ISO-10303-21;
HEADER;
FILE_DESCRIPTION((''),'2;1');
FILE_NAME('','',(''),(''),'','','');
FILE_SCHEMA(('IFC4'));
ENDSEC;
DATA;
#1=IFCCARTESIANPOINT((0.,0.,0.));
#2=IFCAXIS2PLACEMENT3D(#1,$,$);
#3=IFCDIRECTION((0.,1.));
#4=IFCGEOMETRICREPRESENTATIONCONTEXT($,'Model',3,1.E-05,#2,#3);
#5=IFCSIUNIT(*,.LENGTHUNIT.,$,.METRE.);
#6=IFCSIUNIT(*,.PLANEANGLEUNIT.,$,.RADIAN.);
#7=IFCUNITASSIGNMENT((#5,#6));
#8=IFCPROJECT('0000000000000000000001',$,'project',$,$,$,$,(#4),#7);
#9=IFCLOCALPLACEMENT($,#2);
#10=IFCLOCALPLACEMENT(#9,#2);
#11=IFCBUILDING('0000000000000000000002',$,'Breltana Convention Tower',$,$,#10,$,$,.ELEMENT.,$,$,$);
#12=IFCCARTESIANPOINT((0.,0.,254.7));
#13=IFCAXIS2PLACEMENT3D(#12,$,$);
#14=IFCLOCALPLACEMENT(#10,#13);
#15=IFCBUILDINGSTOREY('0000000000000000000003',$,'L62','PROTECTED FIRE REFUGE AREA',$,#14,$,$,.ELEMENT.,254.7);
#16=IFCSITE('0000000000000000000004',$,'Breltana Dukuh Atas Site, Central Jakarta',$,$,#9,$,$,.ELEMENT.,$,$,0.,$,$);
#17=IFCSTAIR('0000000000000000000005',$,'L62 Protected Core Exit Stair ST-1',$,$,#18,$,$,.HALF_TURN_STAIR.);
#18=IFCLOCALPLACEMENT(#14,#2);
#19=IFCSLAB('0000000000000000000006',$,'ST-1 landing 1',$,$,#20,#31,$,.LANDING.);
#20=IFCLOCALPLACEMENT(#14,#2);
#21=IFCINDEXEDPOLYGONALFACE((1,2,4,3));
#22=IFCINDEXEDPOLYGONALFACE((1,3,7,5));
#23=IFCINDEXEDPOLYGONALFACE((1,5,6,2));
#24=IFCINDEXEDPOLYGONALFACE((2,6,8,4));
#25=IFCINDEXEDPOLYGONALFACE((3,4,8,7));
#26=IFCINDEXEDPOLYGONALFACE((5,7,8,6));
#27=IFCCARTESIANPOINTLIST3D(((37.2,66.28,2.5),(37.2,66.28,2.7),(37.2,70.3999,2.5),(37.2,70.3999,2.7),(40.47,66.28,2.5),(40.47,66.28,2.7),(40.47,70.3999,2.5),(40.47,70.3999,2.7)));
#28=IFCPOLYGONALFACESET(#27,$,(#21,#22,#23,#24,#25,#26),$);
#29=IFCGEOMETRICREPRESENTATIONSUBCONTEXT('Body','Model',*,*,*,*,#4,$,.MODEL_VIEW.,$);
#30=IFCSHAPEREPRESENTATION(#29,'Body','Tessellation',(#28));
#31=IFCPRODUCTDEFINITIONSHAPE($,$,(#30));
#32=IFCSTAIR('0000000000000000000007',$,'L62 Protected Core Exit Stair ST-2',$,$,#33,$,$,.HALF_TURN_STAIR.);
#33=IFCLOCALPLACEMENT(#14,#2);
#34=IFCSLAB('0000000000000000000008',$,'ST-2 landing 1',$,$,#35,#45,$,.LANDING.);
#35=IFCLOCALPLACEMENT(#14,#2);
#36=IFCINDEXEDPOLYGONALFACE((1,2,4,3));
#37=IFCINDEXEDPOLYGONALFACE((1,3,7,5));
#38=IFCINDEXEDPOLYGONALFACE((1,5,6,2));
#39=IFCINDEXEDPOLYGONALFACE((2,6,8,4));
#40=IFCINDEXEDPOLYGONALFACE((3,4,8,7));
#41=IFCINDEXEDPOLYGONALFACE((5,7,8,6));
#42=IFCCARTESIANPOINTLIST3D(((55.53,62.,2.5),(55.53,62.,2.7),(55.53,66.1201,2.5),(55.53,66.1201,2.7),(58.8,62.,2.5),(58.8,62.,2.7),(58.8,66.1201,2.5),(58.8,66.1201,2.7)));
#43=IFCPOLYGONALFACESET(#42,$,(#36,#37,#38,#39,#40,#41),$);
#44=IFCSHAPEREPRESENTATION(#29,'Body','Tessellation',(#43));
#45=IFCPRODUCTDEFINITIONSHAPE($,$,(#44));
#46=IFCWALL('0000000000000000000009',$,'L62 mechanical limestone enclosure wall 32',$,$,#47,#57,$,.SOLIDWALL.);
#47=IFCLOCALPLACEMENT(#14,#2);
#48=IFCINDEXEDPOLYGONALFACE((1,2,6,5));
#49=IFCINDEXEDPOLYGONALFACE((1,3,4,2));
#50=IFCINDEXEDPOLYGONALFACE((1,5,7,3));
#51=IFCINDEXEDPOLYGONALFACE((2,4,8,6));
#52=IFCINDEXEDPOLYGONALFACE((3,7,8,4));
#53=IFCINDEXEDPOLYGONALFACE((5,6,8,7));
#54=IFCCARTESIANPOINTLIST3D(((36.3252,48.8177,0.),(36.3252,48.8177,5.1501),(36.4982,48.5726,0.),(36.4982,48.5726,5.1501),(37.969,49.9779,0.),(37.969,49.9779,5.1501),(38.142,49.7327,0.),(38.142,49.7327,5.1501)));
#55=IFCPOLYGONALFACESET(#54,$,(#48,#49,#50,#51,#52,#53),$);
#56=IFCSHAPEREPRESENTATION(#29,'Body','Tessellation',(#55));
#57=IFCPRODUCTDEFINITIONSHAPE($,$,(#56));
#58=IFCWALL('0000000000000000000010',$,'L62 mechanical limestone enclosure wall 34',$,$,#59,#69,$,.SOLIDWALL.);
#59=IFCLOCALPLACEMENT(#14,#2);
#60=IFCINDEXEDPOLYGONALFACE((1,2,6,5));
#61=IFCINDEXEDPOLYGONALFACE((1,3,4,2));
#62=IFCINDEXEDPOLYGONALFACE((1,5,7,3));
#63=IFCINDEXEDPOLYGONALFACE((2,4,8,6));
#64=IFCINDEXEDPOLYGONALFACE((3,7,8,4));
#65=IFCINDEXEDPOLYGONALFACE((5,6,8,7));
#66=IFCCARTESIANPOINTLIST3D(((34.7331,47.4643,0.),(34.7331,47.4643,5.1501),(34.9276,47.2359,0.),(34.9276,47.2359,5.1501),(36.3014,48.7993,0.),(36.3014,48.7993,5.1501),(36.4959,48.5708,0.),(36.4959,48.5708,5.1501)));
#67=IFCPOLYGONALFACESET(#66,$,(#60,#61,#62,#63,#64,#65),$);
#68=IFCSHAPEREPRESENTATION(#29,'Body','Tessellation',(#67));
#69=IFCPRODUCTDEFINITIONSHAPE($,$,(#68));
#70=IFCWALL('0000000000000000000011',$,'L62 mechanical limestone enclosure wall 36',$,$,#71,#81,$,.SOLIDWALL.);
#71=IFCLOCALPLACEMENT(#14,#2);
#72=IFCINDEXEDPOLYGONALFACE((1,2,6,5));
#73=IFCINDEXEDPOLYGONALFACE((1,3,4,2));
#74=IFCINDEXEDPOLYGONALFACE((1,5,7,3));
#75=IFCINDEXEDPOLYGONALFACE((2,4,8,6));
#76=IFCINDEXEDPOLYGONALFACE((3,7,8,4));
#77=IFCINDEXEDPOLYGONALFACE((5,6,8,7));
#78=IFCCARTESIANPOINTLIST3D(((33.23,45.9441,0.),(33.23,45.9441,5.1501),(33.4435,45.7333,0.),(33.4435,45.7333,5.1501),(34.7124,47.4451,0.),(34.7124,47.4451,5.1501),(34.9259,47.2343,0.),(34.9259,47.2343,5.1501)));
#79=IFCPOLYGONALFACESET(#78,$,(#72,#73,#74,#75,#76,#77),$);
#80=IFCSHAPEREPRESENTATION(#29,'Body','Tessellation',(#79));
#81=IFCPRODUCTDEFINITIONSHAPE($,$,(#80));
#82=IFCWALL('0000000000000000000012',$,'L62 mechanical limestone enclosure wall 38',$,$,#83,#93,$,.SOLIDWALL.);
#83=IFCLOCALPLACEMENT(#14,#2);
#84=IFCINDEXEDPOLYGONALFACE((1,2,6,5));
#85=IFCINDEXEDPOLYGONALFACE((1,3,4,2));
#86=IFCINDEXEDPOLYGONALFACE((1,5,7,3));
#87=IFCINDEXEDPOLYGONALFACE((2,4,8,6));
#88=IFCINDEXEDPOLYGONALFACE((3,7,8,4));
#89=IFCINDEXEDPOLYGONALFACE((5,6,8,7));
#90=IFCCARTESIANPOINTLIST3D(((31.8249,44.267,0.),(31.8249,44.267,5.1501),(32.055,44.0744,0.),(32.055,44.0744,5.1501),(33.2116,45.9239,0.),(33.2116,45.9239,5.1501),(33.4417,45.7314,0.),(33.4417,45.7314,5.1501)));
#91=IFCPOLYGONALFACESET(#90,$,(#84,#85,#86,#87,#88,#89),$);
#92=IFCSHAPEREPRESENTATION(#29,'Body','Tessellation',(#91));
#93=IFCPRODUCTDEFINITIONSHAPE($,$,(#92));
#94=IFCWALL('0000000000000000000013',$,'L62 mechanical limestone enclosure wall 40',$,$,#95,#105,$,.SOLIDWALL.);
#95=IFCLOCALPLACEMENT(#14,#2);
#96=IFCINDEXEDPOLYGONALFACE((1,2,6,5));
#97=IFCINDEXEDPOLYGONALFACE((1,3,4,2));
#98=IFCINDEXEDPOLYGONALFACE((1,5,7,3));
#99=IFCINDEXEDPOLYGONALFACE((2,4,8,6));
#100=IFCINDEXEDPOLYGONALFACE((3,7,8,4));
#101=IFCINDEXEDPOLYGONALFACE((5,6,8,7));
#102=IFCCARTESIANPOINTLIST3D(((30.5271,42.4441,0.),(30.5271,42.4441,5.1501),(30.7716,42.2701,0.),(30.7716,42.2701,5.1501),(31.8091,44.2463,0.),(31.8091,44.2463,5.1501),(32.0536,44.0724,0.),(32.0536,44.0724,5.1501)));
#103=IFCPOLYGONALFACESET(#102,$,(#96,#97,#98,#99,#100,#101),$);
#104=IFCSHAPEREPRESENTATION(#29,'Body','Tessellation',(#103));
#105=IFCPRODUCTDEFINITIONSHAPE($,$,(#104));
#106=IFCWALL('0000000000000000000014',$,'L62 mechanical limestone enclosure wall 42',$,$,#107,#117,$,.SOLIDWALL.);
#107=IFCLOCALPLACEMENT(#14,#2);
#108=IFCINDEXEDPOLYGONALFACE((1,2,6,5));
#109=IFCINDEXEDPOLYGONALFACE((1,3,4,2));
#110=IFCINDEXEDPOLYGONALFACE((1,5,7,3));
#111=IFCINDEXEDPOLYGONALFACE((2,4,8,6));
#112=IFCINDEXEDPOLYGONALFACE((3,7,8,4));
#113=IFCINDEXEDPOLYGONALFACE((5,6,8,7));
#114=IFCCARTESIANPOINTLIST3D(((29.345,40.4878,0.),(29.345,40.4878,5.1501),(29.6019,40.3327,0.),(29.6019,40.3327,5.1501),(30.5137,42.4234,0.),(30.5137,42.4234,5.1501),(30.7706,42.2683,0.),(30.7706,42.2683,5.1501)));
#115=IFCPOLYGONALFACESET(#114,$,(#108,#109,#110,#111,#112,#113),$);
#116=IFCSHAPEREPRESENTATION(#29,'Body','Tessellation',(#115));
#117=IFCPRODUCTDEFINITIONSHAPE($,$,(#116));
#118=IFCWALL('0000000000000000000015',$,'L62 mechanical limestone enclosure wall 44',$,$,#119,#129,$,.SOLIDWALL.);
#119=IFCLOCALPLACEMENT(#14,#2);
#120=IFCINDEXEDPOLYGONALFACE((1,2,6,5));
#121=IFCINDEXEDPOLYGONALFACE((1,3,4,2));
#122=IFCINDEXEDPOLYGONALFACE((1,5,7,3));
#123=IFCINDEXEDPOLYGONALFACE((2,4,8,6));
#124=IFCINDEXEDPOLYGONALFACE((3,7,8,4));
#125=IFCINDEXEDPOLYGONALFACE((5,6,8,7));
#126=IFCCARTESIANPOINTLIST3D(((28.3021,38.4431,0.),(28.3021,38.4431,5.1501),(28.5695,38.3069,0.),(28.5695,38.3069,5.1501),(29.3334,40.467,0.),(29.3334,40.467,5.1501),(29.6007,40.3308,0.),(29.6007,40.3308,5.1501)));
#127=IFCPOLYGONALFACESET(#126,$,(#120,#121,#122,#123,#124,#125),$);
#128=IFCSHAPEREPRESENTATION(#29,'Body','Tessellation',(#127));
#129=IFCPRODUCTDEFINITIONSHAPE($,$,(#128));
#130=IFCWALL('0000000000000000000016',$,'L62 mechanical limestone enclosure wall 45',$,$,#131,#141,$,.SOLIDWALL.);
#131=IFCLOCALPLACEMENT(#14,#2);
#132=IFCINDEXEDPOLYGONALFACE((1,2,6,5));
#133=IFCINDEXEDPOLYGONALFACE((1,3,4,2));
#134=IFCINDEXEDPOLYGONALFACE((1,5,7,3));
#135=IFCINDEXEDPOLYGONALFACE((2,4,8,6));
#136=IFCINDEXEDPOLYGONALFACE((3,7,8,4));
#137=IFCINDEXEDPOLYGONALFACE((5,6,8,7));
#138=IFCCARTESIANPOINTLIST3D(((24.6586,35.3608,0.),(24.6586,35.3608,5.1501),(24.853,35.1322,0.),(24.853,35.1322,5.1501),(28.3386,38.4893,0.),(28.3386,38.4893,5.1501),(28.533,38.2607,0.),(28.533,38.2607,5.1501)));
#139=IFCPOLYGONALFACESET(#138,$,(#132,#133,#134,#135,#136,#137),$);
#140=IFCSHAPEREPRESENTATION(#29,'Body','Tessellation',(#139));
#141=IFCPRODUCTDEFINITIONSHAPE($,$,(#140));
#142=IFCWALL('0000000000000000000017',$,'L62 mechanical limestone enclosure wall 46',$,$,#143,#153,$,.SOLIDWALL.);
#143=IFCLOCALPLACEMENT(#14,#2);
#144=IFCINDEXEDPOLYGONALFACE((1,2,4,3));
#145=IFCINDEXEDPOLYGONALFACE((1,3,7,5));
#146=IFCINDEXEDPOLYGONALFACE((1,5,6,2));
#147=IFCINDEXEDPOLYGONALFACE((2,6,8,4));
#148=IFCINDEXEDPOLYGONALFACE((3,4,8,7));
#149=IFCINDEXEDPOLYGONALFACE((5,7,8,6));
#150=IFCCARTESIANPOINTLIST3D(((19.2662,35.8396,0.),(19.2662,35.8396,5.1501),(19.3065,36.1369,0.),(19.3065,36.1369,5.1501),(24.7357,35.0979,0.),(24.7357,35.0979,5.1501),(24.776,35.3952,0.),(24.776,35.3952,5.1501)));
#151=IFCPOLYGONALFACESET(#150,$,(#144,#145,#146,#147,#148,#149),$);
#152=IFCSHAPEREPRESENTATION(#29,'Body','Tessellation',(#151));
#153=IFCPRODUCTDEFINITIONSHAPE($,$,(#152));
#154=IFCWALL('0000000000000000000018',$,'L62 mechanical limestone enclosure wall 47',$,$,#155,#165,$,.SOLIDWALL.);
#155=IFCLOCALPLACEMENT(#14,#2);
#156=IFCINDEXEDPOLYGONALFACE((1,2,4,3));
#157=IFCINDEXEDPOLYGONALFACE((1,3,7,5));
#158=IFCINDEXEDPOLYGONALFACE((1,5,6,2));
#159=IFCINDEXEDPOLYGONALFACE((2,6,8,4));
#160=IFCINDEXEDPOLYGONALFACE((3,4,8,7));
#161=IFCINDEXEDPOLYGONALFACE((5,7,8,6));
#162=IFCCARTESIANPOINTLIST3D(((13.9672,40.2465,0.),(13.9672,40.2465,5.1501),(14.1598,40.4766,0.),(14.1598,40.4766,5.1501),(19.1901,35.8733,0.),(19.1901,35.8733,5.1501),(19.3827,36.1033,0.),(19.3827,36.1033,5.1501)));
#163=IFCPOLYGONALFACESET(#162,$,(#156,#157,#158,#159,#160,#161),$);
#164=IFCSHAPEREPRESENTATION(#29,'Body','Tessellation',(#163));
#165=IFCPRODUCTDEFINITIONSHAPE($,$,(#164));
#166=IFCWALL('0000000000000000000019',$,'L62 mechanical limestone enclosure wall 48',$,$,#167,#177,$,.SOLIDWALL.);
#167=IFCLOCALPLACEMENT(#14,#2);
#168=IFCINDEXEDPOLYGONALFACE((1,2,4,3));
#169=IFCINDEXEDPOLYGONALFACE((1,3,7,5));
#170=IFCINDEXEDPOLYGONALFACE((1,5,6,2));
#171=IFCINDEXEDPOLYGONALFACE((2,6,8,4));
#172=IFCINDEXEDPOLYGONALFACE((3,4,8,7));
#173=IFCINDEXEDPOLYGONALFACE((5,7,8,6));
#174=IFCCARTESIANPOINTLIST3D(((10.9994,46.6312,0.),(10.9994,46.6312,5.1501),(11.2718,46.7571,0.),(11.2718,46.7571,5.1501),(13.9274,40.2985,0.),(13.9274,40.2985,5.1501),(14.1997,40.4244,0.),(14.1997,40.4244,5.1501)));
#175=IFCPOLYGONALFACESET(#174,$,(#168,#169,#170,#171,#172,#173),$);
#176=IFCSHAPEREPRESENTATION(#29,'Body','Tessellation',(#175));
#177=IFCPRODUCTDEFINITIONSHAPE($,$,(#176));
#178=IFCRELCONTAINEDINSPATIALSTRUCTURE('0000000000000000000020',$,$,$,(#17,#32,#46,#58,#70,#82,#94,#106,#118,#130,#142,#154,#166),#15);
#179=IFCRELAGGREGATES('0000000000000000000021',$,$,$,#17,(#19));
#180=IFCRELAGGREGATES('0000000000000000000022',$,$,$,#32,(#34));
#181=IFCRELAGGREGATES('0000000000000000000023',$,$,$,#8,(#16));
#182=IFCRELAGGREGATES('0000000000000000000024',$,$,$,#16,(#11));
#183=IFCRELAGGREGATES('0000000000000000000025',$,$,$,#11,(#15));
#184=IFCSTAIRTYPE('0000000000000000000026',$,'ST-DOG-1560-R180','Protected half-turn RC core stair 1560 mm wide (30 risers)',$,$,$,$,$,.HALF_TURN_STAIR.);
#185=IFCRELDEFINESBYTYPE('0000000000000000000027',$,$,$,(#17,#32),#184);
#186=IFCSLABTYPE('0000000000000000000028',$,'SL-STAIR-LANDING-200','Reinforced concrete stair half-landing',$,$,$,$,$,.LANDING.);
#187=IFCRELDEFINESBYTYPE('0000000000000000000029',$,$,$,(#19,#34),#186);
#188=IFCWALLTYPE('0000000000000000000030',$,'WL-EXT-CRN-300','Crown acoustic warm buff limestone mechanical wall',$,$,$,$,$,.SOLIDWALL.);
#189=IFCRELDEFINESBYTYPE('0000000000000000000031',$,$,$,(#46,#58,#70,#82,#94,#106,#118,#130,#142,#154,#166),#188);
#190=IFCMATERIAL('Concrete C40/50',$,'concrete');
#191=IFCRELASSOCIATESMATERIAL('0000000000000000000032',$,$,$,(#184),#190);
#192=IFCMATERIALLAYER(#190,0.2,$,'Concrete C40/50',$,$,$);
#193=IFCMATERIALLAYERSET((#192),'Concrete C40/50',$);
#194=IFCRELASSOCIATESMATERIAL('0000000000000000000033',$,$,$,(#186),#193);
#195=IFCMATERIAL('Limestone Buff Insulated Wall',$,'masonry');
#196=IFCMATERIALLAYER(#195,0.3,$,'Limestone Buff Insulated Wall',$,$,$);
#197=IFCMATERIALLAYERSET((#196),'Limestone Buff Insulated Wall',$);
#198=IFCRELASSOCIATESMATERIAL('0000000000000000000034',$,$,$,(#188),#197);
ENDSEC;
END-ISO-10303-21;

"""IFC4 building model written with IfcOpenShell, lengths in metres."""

from ifc_helpers import new_model, si_unit, direction, frame, frame_2d, origin, place, context, subcontext, project, spatial, polyline, rectangle, outline, extrude, source, transform, mapped, material, layer, layer_set, type_object, element, aggregate, save


model = new_model("IFC4")

# Units and contexts
model_context = context("Model", 3, precision=1e-05, world=origin(), true_north=direction((0.0, 1.0)))
body_context = subcontext(model_context, "Body", "Model", "MODEL_VIEW")
ifc_project = project(units=[si_unit("LENGTHUNIT", "METRE"), si_unit("PLANEANGLEUNIT", "RADIAN")], contexts=[model_context])

# Site, building, storey
site_placement = place(None, origin())
site = spatial("IfcSite", under=ifc_project, at=site_placement, Name="Breltana Dukuh Atas Site, Central Jakarta", CompositionType="ELEMENT", RefElevation=0.0)
building_placement = place(site_placement, origin())
building = spatial("IfcBuilding", under=site, at=building_placement, Name="Breltana Convention Tower", CompositionType="ELEMENT")
storey_placement = place(building_placement, frame((0.0, 0.0, 254.7)))
storey = spatial("IfcBuildingStorey", under=building, at=storey_placement, Name="L62", Description="PROTECTED FIRE REFUGE AREA", CompositionType="ELEMENT", Elevation=254.7)

# Stairs, slabs
ifc_material_1 = material(Name="Concrete C40/50", Category="concrete")
stair_type = type_object("IfcStairType", Name="ST-DOG-1560-R180", Description="Protected half-turn RC core stair 1560 mm wide (30 risers)", PredefinedType="HALF_TURN_STAIR", material=ifc_material_1)
stair_1_placement = place(storey_placement, origin())
stair_1 = element("IfcStair", 1, at=stair_1_placement, inside=storey, type_object=stair_type, Name="L62 Protected Core Exit Stair ST-1", PredefinedType="HALF_TURN_STAIR")
ifc_layer_1 = layer(ifc_material_1, 0.2, Name="Concrete C40/50")
ifc_layer_set_1 = layer_set([ifc_layer_1], Name="Concrete C40/50")
slab_type_1 = type_object("IfcSlabType", Name="SL-STAIR-LANDING-200", Description="Reinforced concrete stair half-landing", PredefinedType="LANDING", material=ifc_layer_set_1)
slab_1_placement = place(storey_placement, frame((0.0, 0.0, 2.5)))
slab_1 = element("IfcSlab", 2, at=slab_1_placement, type_object=slab_type_1, Name="ST-1 landing 1", PredefinedType="LANDING", context=body_context, shape_type="SweptSolid", body=[
    extrude(outline(polyline([(40.47, 66.28), (40.47, 70.3999), (37.2, 70.3999), (37.2, 66.28), (40.47, 66.28)])), origin(), (0.0, 0.0, 1.0), 0.2),
])
aggregate(stair_1, [slab_1])
stair_2_placement = place(storey_placement, origin())
stair_2 = element("IfcStair", 3, at=stair_2_placement, inside=storey, type_object=stair_type, Name="L62 Protected Core Exit Stair ST-2", PredefinedType="HALF_TURN_STAIR")
slab_2_placement = place(storey_placement, frame((0.0, 0.0, 2.5)))
slab_2 = element("IfcSlab", 4, at=slab_2_placement, type_object=slab_type_1, Name="ST-2 landing 1", PredefinedType="LANDING", context=body_context, shape_type="SweptSolid", body=[
    extrude(outline(polyline([(55.53, 66.1201), (55.53, 62.0), (58.8, 62.0), (58.8, 66.1201), (55.53, 66.1201)])), origin(), (0.0, 0.0, 1.0), 0.2),
])
aggregate(stair_2, [slab_2])

# Walls
ifc_material_2 = material(Name="Limestone Buff Insulated Wall", Category="masonry")
ifc_layer_2 = layer(ifc_material_2, 0.3, Name="Limestone Buff Insulated Wall")
ifc_layer_set_2 = layer_set([ifc_layer_2], Name="Limestone Buff Insulated Wall")
wall_type_1 = type_object("IfcWallType", Name="WL-EXT-CRN-300", Description="Crown acoustic warm buff limestone mechanical wall", PredefinedType="SOLIDWALL", material=ifc_layer_set_2)
shared_shape_1 = source(origin(), body_context, "Body", "SweptSolid", [
    extrude(rectangle(XDim=2.012, YDim=0.3, at=frame_2d((1.0059, 0.0))), origin(), (0.0, 0.0, 1.0), 5.1501),
])
wall_1_placement = place(storey_placement, frame((38.0554, 49.8552, 0.0), z_axis=(0.0, 0.0, 1.0), x_axis=(-0.817008, -0.576626, 0.0)))
element("IfcWall", 5, at=wall_1_placement, inside=storey, type_object=wall_type_1, Name="L62 mechanical limestone enclosure wall 32", PredefinedType="SOLIDWALL", context=body_context, shape_type="MappedRepresentation", body=[
    mapped(shared_shape_1, transform((0.0, 0.0, 0.0), scale=1.0)),
])
shared_shape_2 = source(origin(), body_context, "Body", "SweptSolid", [
    extrude(rectangle(XDim=2.0596, YDim=0.3, at=frame_2d((1.0298, 0.0))), origin(), (0.0, 0.0, 1.0), 5.1501),
])
wall_2_placement = place(storey_placement, frame((36.3987, 48.6851, 0.0), z_axis=(0.0, 0.0, 1.0), x_axis=(-0.761495, -0.648171, 0.0)))
element("IfcWall", 6, at=wall_2_placement, inside=storey, type_object=wall_type_1, Name="L62 mechanical limestone enclosure wall 34", PredefinedType="SOLIDWALL", context=body_context, shape_type="MappedRepresentation", body=[
    mapped(shared_shape_2, transform((0.0, 0.0, 0.0), scale=1.0)),
])
shared_shape_3 = source(origin(), body_context, "Body", "SweptSolid", [
    extrude(rectangle(XDim=2.1096, YDim=0.3, at=frame_2d((1.0547, 0.0))), origin(), (0.0, 0.0, 1.0), 5.1501),
])
wall_3_placement = place(storey_placement, frame((34.8191, 47.3396, 0.0), z_axis=(0.0, 0.0, 1.0), x_axis=(-0.702695, -0.711491, 0.0)))
element("IfcWall", 7, at=wall_3_placement, inside=storey, type_object=wall_type_1, Name="L62 mechanical limestone enclosure wall 36", PredefinedType="SOLIDWALL", context=body_context, shape_type="MappedRepresentation", body=[
    mapped(shared_shape_3, transform((0.0, 0.0, 0.0), scale=1.0)),
])
shared_shape_4 = source(origin(), body_context, "Body", "SweptSolid", [
    extrude(rectangle(XDim=2.1606, YDim=0.3, at=frame_2d((1.0803, 0.0))), origin(), (0.0, 0.0, 1.0), 5.1501),
])
wall_4_placement = place(storey_placement, frame((33.3267, 45.8276, 0.0), z_axis=(0.0, 0.0, 1.0), x_axis=(-0.641795, -0.766877, 0.0)))
element("IfcWall", 8, at=wall_4_placement, inside=storey, type_object=wall_type_1, Name="L62 mechanical limestone enclosure wall 38", PredefinedType="SOLIDWALL", context=body_context, shape_type="MappedRepresentation", body=[
    mapped(shared_shape_4, transform((0.0, 0.0, 0.0), scale=1.0)),
])
shared_shape_5 = source(origin(), body_context, "Body", "SweptSolid", [
    extrude(rectangle(XDim=2.2117, YDim=0.3, at=frame_2d((1.106, 0.0))), origin(), (0.0, 0.0, 1.0), 5.1501),
])
wall_5_placement = place(storey_placement, frame((31.9314, 44.1594, 0.0), z_axis=(0.0, 0.0, 1.0), x_axis=(-0.579639, -0.814873, 0.0)))
element("IfcWall", 9, at=wall_5_placement, inside=storey, type_object=wall_type_1, Name="L62 mechanical limestone enclosure wall 40", PredefinedType="SOLIDWALL", context=body_context, shape_type="MappedRepresentation", body=[
    mapped(shared_shape_5, transform((0.0, 0.0, 0.0), scale=1.0)),
])
shared_shape_6 = source(origin(), body_context, "Body", "SweptSolid", [
    extrude(rectangle(XDim=2.261, YDim=0.3, at=frame_2d((1.1304, 0.0))), origin(), (0.0, 0.0, 1.0), 5.1501),
])
wall_6_placement = place(storey_placement, frame((30.6421, 42.3457, 0.0), z_axis=(0.0, 0.0, 1.0), x_axis=(-0.516891, -0.856051, 0.0)))
element("IfcWall", 10, at=wall_6_placement, inside=storey, type_object=wall_type_1, Name="L62 mechanical limestone enclosure wall 42", PredefinedType="SOLIDWALL", context=body_context, shape_type="MappedRepresentation", body=[
    mapped(shared_shape_6, transform((0.0, 0.0, 0.0), scale=1.0)),
])
shared_shape_7 = source(origin(), body_context, "Body", "SweptSolid", [
    extrude(rectangle(XDim=2.2715, YDim=0.3, at=frame_2d((1.1357, 0.0))), origin(), (0.0, 0.0, 1.0), 5.1501),
])
wall_7_placement = place(storey_placement, frame((29.467, 40.3989, 0.0), z_axis=(0.0, 0.0, 1.0), x_axis=(-0.453993, -0.891005, 0.0)))
element("IfcWall", 11, at=wall_7_placement, inside=storey, type_object=wall_type_1, Name="L62 mechanical limestone enclosure wall 44", PredefinedType="SOLIDWALL", context=body_context, shape_type="MappedRepresentation", body=[
    mapped(shared_shape_7, transform((0.0, 0.0, 0.0), scale=1.0)),
])
shared_shape_8 = source(origin(), body_context, "Body", "SweptSolid", [
    extrude(rectangle(XDim=4.8301, YDim=0.3, at=frame_2d((2.415, 0.0))), origin(), (0.0, 0.0, 1.0), 5.1501),
])
wall_8_placement = place(storey_placement, frame((28.4358, 38.375, 0.0), z_axis=(0.0, 0.0, 1.0), x_axis=(-0.761891, -0.647706, 0.0)))
element("IfcWall", 12, at=wall_8_placement, inside=storey, type_object=wall_type_1, Name="L62 mechanical limestone enclosure wall 45", PredefinedType="SOLIDWALL", context=body_context, shape_type="MappedRepresentation", body=[
    mapped(shared_shape_8, transform((0.0, 0.0, 0.0), scale=1.0)),
])
shared_shape_9 = source(origin(), body_context, "Body", "SweptSolid", [
    extrude(rectangle(XDim=5.5195, YDim=0.3, at=frame_2d((2.7598, 0.0))), origin(), (0.0, 0.0, 1.0), 5.1501),
])
wall_9_placement = place(storey_placement, frame((24.7559, 35.2466, 0.0), z_axis=(0.0, 0.0, 1.0), x_axis=(-0.99093, 0.134377, 0.0)))
element("IfcWall", 13, at=wall_9_placement, inside=storey, type_object=wall_type_1, Name="L62 mechanical limestone enclosure wall 46", PredefinedType="SOLIDWALL", context=body_context, shape_type="MappedRepresentation", body=[
    mapped(shared_shape_9, transform((0.0, 0.0, 0.0), scale=1.0)),
])
shared_shape_10 = source(origin(), body_context, "Body", "SweptSolid", [
    extrude(rectangle(XDim=6.812, YDim=0.3, at=frame_2d((3.406, 0.0))), origin(), (0.0, 0.0, 1.0), 5.1501),
])
wall_10_placement = place(storey_placement, frame((19.2864, 35.9883, 0.0), z_axis=(0.0, 0.0, 1.0), x_axis=(-0.766712, 0.641991, 0.0)))
element("IfcWall", 14, at=wall_10_placement, inside=storey, type_object=wall_type_1, Name="L62 mechanical limestone enclosure wall 47", PredefinedType="SOLIDWALL", context=body_context, shape_type="MappedRepresentation", body=[
    mapped(shared_shape_10, transform((0.0, 0.0, 0.0), scale=1.0)),
])
shared_shape_11 = source(origin(), body_context, "Body", "SweptSolid", [
    extrude(rectangle(XDim=6.9768, YDim=0.3, at=frame_2d((3.4883, 0.0))), origin(), (0.0, 0.0, 1.0), 5.1501),
])
wall_11_placement = place(storey_placement, frame((14.0635, 40.3616, 0.0), z_axis=(0.0, 0.0, 1.0), x_axis=(-0.419668, 0.907678, 0.0)))
element("IfcWall", 15, at=wall_11_placement, inside=storey, type_object=wall_type_1, Name="L62 mechanical limestone enclosure wall 48", PredefinedType="SOLIDWALL", context=body_context, shape_type="MappedRepresentation", body=[
    mapped(shared_shape_11, transform((0.0, 0.0, 0.0), scale=1.0)),
])

save(model, "model.ifc")
